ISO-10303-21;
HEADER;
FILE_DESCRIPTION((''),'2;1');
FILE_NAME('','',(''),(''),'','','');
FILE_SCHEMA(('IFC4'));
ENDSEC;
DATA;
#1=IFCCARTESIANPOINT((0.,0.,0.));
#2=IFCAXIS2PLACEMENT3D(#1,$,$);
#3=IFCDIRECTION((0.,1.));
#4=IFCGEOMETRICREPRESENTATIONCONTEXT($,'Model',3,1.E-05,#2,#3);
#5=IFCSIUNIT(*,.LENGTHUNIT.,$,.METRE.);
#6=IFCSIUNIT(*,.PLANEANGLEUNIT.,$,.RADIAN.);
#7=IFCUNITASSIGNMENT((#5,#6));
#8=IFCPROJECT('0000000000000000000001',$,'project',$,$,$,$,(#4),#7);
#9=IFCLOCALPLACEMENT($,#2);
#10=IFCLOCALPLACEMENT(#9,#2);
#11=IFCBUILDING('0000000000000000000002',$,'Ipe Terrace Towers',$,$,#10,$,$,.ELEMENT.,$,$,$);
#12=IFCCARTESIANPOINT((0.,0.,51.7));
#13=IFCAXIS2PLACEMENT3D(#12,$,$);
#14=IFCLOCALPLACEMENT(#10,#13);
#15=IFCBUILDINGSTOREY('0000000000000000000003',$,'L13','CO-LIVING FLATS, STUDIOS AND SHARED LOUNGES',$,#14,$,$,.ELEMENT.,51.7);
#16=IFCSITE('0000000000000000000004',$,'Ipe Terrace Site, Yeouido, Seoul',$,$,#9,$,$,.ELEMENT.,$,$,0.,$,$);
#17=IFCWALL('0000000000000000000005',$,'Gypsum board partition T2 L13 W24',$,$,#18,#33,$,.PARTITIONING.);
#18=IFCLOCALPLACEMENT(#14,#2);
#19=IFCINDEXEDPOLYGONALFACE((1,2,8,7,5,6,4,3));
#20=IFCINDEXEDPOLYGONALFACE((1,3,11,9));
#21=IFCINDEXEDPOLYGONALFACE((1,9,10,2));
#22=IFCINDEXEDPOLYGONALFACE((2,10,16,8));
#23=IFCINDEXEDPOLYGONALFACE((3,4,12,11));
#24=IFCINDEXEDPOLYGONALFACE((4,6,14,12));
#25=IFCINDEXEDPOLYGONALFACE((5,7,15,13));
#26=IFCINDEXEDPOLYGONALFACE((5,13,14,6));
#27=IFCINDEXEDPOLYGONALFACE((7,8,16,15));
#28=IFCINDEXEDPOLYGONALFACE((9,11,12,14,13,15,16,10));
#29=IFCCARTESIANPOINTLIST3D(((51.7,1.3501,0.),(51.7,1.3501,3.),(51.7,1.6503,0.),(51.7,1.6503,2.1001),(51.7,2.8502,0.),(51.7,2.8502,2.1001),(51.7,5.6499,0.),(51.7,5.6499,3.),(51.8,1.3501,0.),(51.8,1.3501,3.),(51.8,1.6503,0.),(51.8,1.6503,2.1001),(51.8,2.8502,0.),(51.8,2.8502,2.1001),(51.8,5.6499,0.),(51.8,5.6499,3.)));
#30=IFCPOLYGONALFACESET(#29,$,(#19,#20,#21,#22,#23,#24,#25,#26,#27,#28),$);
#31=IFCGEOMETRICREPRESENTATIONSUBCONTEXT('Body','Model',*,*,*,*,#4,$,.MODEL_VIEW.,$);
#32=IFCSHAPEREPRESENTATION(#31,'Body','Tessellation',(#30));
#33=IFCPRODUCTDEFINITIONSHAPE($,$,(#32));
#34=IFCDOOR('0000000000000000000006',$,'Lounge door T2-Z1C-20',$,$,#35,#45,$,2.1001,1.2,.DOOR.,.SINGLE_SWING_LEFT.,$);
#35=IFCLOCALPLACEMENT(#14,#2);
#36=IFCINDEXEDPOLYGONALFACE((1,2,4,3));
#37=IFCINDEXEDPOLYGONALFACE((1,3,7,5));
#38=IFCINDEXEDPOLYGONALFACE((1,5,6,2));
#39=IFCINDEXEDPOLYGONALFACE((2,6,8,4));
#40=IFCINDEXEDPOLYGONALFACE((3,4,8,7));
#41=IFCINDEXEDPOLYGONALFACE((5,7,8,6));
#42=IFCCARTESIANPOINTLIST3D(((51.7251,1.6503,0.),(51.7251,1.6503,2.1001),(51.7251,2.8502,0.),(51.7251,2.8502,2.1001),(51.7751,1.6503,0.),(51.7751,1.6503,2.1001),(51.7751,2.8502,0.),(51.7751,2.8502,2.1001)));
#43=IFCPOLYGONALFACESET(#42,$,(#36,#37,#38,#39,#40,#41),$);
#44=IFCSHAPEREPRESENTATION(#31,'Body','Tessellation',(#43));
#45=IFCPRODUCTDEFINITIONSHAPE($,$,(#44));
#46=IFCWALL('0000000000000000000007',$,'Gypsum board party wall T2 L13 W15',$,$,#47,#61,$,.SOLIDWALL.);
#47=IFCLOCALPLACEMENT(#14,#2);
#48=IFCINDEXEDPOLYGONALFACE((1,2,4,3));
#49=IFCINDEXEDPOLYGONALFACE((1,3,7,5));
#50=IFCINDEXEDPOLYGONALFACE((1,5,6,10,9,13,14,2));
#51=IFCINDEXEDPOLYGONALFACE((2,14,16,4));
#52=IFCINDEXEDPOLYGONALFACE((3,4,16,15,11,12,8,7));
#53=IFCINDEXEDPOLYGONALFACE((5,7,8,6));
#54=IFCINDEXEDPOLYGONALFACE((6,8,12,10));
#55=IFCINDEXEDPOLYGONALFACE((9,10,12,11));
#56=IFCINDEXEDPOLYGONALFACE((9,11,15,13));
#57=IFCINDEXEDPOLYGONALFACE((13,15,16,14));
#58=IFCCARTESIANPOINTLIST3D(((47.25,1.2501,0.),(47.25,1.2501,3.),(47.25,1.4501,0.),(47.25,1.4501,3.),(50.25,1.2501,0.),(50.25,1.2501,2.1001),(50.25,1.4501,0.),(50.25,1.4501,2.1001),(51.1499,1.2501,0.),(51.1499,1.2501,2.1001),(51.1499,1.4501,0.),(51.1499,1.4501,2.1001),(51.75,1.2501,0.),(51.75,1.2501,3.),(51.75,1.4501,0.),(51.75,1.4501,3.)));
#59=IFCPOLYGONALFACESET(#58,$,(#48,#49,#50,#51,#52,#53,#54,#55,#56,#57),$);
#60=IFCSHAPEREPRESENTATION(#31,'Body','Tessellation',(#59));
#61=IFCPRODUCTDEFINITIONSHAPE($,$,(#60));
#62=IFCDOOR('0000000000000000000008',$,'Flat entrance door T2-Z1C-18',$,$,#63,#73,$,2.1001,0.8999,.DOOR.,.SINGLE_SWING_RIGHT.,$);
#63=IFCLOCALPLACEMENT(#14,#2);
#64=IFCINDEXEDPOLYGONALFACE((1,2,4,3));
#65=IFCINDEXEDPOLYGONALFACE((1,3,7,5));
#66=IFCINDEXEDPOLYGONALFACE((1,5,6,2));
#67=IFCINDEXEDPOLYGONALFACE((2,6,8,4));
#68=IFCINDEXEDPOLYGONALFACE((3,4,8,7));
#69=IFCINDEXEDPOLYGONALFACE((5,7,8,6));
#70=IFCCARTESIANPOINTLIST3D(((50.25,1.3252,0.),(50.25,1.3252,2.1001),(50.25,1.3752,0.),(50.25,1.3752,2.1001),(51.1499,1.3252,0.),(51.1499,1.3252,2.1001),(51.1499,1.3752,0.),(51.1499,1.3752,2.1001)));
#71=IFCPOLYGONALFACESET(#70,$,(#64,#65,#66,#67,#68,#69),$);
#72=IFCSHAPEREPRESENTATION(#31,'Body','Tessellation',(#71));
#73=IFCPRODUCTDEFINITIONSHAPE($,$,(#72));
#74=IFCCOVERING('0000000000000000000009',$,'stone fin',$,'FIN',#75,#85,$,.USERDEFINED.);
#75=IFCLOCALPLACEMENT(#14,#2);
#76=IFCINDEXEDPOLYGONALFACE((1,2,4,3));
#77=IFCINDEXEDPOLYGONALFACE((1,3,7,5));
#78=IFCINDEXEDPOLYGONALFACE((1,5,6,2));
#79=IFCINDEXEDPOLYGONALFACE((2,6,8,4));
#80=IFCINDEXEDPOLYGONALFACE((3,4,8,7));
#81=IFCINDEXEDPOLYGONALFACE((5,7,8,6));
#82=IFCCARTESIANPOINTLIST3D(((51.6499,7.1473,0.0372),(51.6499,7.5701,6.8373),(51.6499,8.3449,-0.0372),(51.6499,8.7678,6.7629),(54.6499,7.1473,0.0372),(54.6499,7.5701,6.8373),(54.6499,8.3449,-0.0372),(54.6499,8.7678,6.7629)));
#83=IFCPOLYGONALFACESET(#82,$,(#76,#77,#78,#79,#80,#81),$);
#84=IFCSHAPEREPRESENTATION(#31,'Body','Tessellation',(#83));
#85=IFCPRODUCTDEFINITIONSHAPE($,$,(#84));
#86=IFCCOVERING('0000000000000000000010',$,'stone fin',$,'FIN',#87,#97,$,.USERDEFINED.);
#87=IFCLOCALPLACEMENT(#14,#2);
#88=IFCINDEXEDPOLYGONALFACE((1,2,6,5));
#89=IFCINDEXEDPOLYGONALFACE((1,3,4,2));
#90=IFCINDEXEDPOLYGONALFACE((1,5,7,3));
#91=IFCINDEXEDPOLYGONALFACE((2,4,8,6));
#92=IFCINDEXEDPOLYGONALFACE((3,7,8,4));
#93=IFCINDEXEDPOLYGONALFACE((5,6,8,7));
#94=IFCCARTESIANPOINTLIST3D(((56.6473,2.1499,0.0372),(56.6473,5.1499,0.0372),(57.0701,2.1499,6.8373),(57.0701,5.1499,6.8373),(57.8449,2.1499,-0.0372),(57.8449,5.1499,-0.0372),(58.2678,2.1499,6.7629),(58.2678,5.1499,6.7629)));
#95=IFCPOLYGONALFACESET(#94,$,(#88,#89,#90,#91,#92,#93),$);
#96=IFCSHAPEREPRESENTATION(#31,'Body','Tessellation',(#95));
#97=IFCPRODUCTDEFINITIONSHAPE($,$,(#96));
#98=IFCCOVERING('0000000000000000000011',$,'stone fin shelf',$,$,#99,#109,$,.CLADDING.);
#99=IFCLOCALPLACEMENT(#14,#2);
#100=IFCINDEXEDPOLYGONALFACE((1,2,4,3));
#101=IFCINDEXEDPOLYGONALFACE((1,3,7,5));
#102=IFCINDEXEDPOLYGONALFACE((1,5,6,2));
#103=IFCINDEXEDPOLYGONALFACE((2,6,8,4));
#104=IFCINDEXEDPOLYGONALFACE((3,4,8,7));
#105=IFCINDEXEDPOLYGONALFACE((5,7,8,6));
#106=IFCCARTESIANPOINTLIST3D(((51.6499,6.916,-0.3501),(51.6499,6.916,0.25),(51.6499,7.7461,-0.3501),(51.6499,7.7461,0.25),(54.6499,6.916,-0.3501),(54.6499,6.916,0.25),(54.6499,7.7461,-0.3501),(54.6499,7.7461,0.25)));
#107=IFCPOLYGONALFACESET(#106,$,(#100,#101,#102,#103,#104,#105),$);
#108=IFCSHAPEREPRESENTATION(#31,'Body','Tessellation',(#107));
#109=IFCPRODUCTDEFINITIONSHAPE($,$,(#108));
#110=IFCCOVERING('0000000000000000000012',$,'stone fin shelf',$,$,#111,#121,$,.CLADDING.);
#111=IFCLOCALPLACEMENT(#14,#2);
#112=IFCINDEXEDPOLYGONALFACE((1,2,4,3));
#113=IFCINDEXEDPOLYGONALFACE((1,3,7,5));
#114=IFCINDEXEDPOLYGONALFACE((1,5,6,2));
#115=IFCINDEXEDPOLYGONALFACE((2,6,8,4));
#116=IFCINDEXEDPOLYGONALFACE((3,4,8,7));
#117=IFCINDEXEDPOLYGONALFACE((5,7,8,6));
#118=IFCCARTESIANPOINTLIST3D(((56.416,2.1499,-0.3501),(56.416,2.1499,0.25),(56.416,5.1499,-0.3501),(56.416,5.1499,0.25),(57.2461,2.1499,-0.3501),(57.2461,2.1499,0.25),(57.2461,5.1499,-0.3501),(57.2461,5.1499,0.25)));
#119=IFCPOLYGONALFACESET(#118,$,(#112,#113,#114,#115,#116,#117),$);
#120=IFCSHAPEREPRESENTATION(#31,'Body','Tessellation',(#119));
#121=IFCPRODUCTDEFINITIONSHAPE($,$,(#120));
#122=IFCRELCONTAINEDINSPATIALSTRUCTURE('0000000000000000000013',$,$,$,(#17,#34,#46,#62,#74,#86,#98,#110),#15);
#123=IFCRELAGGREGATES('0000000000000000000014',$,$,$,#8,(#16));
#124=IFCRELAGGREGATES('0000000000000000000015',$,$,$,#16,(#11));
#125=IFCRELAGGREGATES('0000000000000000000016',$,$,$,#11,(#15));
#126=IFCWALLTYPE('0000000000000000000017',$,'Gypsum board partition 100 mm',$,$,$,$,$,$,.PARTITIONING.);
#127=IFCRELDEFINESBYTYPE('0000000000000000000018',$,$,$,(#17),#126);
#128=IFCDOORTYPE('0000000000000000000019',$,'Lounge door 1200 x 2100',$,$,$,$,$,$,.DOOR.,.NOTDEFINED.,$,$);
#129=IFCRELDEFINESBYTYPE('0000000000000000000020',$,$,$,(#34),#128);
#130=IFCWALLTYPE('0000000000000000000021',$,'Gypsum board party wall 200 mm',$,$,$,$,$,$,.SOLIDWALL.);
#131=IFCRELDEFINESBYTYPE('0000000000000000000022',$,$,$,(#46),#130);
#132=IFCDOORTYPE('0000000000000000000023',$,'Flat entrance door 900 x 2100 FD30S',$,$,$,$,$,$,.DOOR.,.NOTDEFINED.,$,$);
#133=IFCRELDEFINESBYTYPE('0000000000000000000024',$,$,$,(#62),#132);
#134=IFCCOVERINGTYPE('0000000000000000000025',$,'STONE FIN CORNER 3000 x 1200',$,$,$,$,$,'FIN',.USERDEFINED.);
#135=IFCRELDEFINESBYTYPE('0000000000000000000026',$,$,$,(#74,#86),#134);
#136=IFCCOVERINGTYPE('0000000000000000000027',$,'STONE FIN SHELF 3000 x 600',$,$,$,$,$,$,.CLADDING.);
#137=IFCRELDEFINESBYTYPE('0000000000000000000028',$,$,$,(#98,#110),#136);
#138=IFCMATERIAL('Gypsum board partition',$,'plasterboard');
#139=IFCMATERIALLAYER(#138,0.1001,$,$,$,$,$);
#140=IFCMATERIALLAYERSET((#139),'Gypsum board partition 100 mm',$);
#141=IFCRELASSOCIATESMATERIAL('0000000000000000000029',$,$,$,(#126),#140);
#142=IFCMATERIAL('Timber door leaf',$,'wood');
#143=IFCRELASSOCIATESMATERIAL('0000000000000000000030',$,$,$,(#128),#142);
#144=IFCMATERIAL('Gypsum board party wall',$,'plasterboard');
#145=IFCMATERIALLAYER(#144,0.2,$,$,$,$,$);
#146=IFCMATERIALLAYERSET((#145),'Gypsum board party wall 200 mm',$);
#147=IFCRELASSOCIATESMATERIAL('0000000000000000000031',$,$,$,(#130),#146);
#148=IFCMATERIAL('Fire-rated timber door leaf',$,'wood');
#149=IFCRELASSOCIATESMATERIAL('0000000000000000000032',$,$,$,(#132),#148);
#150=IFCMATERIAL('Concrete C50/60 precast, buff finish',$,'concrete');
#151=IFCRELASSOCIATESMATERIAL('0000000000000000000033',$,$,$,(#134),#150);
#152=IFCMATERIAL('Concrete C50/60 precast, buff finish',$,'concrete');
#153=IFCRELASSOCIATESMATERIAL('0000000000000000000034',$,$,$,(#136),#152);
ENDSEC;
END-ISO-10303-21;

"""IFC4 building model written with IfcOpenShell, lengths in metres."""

from ifc_helpers import new_model, si_unit, direction, frame, frame_2d, origin, origin_2d, place, context, subcontext, project, spatial, rectangle, extrude, material, layer, layer_set, material_profile, profile_set, type_object, element, fill, save


model = new_model("IFC4")

# Units and contexts
model_context = context("Model", 3, precision=1e-05, world=origin(), true_north=direction((0.0, 1.0)))
body_context = subcontext(model_context, "Body", "Model", "MODEL_VIEW")
ifc_project = project(units=[si_unit("LENGTHUNIT", "METRE"), si_unit("PLANEANGLEUNIT", "RADIAN")], contexts=[model_context])

# Site, building, storey
site_placement = place(None, origin())
site = spatial("IfcSite", under=ifc_project, at=site_placement, Name="Ipe Terrace Site, Yeouido, Seoul", CompositionType="ELEMENT", RefElevation=0.0)
building_placement = place(site_placement, origin())
building = spatial("IfcBuilding", under=site, at=building_placement, Name="Ipe Terrace Towers", CompositionType="ELEMENT")
storey_placement = place(building_placement, frame((0.0, 0.0, 51.7)))
storey = spatial("IfcBuildingStorey", under=building, at=storey_placement, Name="L13", Description="CO-LIVING FLATS, STUDIOS AND SHARED LOUNGES", CompositionType="ELEMENT", Elevation=51.7)

# Shared definitions
ifc_material_1 = material(Name="Gypsum board partition", Category="plasterboard")
ifc_layer_1 = layer(ifc_material_1, 0.1001)
ifc_layer_set_1 = layer_set([ifc_layer_1], Name="Gypsum board partition 100 mm")
wall_type_1 = type_object("IfcWallType", Name="Gypsum board partition 100 mm", PredefinedType="PARTITIONING", material=ifc_layer_set_1)

# Walls, openings, doors
wall_1_placement = place(storey_placement, frame((51.75, 1.3501, 0.0), z_axis=(0.0, 0.0, 1.0), x_axis=(0.0, 1.0, 0.0)))
wall_1 = element("IfcWall", 1, at=wall_1_placement, inside=storey, type_object=wall_type_1, Name="Gypsum board partition T2 L13 W24", PredefinedType="PARTITIONING", context=body_context, shape_type="SweptSolid", body=[
    extrude(rectangle(XDim=4.2998, YDim=0.1001, at=frame_2d((2.1499, 0.0))), origin(), (0.0, 0.0, 1.0), 3.0),
])
opening_1_placement = place(wall_1_placement, frame((0.3, 0.0, 0.0)))
opening_1 = element("IfcOpeningElement", 2, at=opening_1_placement, cuts=wall_1, PredefinedType="OPENING", context=body_context, shape_type="SweptSolid", body=[
    extrude(rectangle(XDim=1.2, YDim=2.1001, at=frame_2d((0.6001, 1.05))), frame((0.0, 0.0601, 0.0), z_axis=(0.0, -1.0, 0.0), x_axis=(1.0, 0.0, 0.0)), (0.0, 0.0, 1.0), 0.1201),
])
ifc_material_2 = material(Name="Timber door leaf", Category="wood")
door_type_1 = type_object("IfcDoorType", Name="Lounge door 1200 x 2100", OperationType="NOTDEFINED", PredefinedType="DOOR", material=ifc_material_2)
door_1_placement = place(opening_1_placement, origin())
door_1 = element("IfcDoor", 3, at=door_1_placement, inside=storey, type_object=door_type_1, Name="Lounge door T2-Z1C-20", OperationType="SINGLE_SWING_LEFT", OverallHeight=2.1001, OverallWidth=1.2, PredefinedType="DOOR", context=body_context, shape_type="SweptSolid", body=[
    extrude(rectangle(XDim=1.2, YDim=2.1001, at=frame_2d((0.6001, 1.05))), frame((0.0, 0.0249, 0.0), z_axis=(0.0, -1.0, 0.0), x_axis=(1.0, 0.0, 0.0)), (0.0, 0.0, 1.0), 0.05),
])
fill(opening_1, door_1)
ifc_material_3 = material(Name="Gypsum board party wall", Category="plasterboard")
ifc_layer_2 = layer(ifc_material_3, 0.2)
ifc_layer_set_2 = layer_set([ifc_layer_2], Name="Gypsum board party wall 200 mm")
wall_type_2 = type_object("IfcWallType", Name="Gypsum board party wall 200 mm", PredefinedType="SOLIDWALL", material=ifc_layer_set_2)
wall_2_placement = place(storey_placement, frame((51.75, 1.3501, 0.0), z_axis=(0.0, 0.0, 1.0), x_axis=(-1.0, 0.0, 0.0)))
wall_2 = element("IfcWall", 4, at=wall_2_placement, inside=storey, type_object=wall_type_2, Name="Gypsum board party wall T2 L13 W15", PredefinedType="SOLIDWALL", context=body_context, shape_type="SweptSolid", body=[
    extrude(rectangle(XDim=4.5, YDim=0.2, at=frame_2d((2.25, 0.0))), origin(), (0.0, 0.0, 1.0), 3.0),
])
opening_2_placement = place(wall_2_placement, frame((0.6001, 0.0, 0.0)))
opening_2 = element("IfcOpeningElement", 5, at=opening_2_placement, cuts=wall_2, PredefinedType="OPENING", context=body_context, shape_type="SweptSolid", body=[
    extrude(rectangle(XDim=0.8999, YDim=2.1001, at=frame_2d((0.45, 1.05))), frame((0.0, 0.1099, 0.0), z_axis=(0.0, -1.0, 0.0), x_axis=(1.0, 0.0, 0.0)), (0.0, 0.0, 1.0), 0.22),
])
ifc_material_4 = material(Name="Fire-rated timber door leaf", Category="wood")
door_type_2 = type_object("IfcDoorType", Name="Flat entrance door 900 x 2100 FD30S", OperationType="NOTDEFINED", PredefinedType="DOOR", material=ifc_material_4)
door_2_placement = place(opening_2_placement, origin())
door_2 = element("IfcDoor", 6, at=door_2_placement, inside=storey, type_object=door_type_2, Name="Flat entrance door T2-Z1C-18", OperationType="SINGLE_SWING_RIGHT", OverallHeight=2.1001, OverallWidth=0.8999, PredefinedType="DOOR", context=body_context, shape_type="SweptSolid", body=[
    extrude(rectangle(XDim=0.8999, YDim=2.1001, at=frame_2d((0.45, 1.05))), frame((0.0, 0.0249, 0.0), z_axis=(0.0, -1.0, 0.0), x_axis=(1.0, 0.0, 0.0)), (0.0, 0.0, 1.0), 0.05),
])
fill(opening_2, door_2)

# Coverings
ifc_material_5 = material(Name="Concrete C50/60 precast, buff finish", Category="concrete")
ifc_material_profile_1 = material_profile(ifc_material_5, rectangle(XDim=3.0, YDim=1.2, at=origin_2d()), Name="STONE FIN CORNER 3000 x 1200")
ifc_profile_set_1 = profile_set([ifc_material_profile_1], Name="Concrete C50/60 precast, buff finish")
covering_type_1 = type_object("IfcCoveringType", Name="STONE FIN CORNER 3000 x 1200", ElementType="FIN", PredefinedType="USERDEFINED", material=ifc_profile_set_1)
for number, where, z_axis, x_axis, name in (
    (7, (53.1499, 7.7461, 0.0), (0.0, 0.062064, 0.998072), (-1.0, 0.0, 0.0), "stone fin"),
    (8, (57.2461, 3.6499, 0.0), (0.062064, 0.0, 0.998072), (0.0, 1.0, 0.0), "stone fin"),
):
    element("IfcCovering", number, at=place(storey_placement, frame(where, z_axis=z_axis, x_axis=x_axis)), inside=storey, type_object=covering_type_1, Name=name, ObjectType="FIN", PredefinedType="USERDEFINED", context=body_context, shape_type="SweptSolid", body=[
        extrude(rectangle(XDim=3.0, YDim=1.2, at=origin_2d()), origin(), (0.0, 0.0, 1.0), 6.8132),
    ])
ifc_material_6 = material(Name="Concrete C50/60 precast, buff finish", Category="concrete")
covering_type_2 = type_object("IfcCoveringType", Name="STONE FIN SHELF 3000 x 600", PredefinedType="CLADDING", material=ifc_material_6)
for number, where, z_axis, x_axis, name in (
    (9, (53.1499, 7.3311, -0.3501), (0.0, 0.0, 1.0), (-1.0, 0.0, 0.0), "stone fin shelf"),
    (10, (56.8311, 3.6499, -0.3501), (0.0, 0.0, 1.0), (0.0, 1.0, 0.0), "stone fin shelf"),
):
    element("IfcCovering", number, at=place(storey_placement, frame(where, z_axis=z_axis, x_axis=x_axis)), inside=storey, type_object=covering_type_2, Name=name, PredefinedType="CLADDING", context=body_context, shape_type="SweptSolid", body=[
        extrude(rectangle(XDim=3.0, YDim=0.8301, at=origin_2d()), origin(), (0.0, 0.0, 1.0), 0.6001),
    ])

save(model, "model.ifc")
